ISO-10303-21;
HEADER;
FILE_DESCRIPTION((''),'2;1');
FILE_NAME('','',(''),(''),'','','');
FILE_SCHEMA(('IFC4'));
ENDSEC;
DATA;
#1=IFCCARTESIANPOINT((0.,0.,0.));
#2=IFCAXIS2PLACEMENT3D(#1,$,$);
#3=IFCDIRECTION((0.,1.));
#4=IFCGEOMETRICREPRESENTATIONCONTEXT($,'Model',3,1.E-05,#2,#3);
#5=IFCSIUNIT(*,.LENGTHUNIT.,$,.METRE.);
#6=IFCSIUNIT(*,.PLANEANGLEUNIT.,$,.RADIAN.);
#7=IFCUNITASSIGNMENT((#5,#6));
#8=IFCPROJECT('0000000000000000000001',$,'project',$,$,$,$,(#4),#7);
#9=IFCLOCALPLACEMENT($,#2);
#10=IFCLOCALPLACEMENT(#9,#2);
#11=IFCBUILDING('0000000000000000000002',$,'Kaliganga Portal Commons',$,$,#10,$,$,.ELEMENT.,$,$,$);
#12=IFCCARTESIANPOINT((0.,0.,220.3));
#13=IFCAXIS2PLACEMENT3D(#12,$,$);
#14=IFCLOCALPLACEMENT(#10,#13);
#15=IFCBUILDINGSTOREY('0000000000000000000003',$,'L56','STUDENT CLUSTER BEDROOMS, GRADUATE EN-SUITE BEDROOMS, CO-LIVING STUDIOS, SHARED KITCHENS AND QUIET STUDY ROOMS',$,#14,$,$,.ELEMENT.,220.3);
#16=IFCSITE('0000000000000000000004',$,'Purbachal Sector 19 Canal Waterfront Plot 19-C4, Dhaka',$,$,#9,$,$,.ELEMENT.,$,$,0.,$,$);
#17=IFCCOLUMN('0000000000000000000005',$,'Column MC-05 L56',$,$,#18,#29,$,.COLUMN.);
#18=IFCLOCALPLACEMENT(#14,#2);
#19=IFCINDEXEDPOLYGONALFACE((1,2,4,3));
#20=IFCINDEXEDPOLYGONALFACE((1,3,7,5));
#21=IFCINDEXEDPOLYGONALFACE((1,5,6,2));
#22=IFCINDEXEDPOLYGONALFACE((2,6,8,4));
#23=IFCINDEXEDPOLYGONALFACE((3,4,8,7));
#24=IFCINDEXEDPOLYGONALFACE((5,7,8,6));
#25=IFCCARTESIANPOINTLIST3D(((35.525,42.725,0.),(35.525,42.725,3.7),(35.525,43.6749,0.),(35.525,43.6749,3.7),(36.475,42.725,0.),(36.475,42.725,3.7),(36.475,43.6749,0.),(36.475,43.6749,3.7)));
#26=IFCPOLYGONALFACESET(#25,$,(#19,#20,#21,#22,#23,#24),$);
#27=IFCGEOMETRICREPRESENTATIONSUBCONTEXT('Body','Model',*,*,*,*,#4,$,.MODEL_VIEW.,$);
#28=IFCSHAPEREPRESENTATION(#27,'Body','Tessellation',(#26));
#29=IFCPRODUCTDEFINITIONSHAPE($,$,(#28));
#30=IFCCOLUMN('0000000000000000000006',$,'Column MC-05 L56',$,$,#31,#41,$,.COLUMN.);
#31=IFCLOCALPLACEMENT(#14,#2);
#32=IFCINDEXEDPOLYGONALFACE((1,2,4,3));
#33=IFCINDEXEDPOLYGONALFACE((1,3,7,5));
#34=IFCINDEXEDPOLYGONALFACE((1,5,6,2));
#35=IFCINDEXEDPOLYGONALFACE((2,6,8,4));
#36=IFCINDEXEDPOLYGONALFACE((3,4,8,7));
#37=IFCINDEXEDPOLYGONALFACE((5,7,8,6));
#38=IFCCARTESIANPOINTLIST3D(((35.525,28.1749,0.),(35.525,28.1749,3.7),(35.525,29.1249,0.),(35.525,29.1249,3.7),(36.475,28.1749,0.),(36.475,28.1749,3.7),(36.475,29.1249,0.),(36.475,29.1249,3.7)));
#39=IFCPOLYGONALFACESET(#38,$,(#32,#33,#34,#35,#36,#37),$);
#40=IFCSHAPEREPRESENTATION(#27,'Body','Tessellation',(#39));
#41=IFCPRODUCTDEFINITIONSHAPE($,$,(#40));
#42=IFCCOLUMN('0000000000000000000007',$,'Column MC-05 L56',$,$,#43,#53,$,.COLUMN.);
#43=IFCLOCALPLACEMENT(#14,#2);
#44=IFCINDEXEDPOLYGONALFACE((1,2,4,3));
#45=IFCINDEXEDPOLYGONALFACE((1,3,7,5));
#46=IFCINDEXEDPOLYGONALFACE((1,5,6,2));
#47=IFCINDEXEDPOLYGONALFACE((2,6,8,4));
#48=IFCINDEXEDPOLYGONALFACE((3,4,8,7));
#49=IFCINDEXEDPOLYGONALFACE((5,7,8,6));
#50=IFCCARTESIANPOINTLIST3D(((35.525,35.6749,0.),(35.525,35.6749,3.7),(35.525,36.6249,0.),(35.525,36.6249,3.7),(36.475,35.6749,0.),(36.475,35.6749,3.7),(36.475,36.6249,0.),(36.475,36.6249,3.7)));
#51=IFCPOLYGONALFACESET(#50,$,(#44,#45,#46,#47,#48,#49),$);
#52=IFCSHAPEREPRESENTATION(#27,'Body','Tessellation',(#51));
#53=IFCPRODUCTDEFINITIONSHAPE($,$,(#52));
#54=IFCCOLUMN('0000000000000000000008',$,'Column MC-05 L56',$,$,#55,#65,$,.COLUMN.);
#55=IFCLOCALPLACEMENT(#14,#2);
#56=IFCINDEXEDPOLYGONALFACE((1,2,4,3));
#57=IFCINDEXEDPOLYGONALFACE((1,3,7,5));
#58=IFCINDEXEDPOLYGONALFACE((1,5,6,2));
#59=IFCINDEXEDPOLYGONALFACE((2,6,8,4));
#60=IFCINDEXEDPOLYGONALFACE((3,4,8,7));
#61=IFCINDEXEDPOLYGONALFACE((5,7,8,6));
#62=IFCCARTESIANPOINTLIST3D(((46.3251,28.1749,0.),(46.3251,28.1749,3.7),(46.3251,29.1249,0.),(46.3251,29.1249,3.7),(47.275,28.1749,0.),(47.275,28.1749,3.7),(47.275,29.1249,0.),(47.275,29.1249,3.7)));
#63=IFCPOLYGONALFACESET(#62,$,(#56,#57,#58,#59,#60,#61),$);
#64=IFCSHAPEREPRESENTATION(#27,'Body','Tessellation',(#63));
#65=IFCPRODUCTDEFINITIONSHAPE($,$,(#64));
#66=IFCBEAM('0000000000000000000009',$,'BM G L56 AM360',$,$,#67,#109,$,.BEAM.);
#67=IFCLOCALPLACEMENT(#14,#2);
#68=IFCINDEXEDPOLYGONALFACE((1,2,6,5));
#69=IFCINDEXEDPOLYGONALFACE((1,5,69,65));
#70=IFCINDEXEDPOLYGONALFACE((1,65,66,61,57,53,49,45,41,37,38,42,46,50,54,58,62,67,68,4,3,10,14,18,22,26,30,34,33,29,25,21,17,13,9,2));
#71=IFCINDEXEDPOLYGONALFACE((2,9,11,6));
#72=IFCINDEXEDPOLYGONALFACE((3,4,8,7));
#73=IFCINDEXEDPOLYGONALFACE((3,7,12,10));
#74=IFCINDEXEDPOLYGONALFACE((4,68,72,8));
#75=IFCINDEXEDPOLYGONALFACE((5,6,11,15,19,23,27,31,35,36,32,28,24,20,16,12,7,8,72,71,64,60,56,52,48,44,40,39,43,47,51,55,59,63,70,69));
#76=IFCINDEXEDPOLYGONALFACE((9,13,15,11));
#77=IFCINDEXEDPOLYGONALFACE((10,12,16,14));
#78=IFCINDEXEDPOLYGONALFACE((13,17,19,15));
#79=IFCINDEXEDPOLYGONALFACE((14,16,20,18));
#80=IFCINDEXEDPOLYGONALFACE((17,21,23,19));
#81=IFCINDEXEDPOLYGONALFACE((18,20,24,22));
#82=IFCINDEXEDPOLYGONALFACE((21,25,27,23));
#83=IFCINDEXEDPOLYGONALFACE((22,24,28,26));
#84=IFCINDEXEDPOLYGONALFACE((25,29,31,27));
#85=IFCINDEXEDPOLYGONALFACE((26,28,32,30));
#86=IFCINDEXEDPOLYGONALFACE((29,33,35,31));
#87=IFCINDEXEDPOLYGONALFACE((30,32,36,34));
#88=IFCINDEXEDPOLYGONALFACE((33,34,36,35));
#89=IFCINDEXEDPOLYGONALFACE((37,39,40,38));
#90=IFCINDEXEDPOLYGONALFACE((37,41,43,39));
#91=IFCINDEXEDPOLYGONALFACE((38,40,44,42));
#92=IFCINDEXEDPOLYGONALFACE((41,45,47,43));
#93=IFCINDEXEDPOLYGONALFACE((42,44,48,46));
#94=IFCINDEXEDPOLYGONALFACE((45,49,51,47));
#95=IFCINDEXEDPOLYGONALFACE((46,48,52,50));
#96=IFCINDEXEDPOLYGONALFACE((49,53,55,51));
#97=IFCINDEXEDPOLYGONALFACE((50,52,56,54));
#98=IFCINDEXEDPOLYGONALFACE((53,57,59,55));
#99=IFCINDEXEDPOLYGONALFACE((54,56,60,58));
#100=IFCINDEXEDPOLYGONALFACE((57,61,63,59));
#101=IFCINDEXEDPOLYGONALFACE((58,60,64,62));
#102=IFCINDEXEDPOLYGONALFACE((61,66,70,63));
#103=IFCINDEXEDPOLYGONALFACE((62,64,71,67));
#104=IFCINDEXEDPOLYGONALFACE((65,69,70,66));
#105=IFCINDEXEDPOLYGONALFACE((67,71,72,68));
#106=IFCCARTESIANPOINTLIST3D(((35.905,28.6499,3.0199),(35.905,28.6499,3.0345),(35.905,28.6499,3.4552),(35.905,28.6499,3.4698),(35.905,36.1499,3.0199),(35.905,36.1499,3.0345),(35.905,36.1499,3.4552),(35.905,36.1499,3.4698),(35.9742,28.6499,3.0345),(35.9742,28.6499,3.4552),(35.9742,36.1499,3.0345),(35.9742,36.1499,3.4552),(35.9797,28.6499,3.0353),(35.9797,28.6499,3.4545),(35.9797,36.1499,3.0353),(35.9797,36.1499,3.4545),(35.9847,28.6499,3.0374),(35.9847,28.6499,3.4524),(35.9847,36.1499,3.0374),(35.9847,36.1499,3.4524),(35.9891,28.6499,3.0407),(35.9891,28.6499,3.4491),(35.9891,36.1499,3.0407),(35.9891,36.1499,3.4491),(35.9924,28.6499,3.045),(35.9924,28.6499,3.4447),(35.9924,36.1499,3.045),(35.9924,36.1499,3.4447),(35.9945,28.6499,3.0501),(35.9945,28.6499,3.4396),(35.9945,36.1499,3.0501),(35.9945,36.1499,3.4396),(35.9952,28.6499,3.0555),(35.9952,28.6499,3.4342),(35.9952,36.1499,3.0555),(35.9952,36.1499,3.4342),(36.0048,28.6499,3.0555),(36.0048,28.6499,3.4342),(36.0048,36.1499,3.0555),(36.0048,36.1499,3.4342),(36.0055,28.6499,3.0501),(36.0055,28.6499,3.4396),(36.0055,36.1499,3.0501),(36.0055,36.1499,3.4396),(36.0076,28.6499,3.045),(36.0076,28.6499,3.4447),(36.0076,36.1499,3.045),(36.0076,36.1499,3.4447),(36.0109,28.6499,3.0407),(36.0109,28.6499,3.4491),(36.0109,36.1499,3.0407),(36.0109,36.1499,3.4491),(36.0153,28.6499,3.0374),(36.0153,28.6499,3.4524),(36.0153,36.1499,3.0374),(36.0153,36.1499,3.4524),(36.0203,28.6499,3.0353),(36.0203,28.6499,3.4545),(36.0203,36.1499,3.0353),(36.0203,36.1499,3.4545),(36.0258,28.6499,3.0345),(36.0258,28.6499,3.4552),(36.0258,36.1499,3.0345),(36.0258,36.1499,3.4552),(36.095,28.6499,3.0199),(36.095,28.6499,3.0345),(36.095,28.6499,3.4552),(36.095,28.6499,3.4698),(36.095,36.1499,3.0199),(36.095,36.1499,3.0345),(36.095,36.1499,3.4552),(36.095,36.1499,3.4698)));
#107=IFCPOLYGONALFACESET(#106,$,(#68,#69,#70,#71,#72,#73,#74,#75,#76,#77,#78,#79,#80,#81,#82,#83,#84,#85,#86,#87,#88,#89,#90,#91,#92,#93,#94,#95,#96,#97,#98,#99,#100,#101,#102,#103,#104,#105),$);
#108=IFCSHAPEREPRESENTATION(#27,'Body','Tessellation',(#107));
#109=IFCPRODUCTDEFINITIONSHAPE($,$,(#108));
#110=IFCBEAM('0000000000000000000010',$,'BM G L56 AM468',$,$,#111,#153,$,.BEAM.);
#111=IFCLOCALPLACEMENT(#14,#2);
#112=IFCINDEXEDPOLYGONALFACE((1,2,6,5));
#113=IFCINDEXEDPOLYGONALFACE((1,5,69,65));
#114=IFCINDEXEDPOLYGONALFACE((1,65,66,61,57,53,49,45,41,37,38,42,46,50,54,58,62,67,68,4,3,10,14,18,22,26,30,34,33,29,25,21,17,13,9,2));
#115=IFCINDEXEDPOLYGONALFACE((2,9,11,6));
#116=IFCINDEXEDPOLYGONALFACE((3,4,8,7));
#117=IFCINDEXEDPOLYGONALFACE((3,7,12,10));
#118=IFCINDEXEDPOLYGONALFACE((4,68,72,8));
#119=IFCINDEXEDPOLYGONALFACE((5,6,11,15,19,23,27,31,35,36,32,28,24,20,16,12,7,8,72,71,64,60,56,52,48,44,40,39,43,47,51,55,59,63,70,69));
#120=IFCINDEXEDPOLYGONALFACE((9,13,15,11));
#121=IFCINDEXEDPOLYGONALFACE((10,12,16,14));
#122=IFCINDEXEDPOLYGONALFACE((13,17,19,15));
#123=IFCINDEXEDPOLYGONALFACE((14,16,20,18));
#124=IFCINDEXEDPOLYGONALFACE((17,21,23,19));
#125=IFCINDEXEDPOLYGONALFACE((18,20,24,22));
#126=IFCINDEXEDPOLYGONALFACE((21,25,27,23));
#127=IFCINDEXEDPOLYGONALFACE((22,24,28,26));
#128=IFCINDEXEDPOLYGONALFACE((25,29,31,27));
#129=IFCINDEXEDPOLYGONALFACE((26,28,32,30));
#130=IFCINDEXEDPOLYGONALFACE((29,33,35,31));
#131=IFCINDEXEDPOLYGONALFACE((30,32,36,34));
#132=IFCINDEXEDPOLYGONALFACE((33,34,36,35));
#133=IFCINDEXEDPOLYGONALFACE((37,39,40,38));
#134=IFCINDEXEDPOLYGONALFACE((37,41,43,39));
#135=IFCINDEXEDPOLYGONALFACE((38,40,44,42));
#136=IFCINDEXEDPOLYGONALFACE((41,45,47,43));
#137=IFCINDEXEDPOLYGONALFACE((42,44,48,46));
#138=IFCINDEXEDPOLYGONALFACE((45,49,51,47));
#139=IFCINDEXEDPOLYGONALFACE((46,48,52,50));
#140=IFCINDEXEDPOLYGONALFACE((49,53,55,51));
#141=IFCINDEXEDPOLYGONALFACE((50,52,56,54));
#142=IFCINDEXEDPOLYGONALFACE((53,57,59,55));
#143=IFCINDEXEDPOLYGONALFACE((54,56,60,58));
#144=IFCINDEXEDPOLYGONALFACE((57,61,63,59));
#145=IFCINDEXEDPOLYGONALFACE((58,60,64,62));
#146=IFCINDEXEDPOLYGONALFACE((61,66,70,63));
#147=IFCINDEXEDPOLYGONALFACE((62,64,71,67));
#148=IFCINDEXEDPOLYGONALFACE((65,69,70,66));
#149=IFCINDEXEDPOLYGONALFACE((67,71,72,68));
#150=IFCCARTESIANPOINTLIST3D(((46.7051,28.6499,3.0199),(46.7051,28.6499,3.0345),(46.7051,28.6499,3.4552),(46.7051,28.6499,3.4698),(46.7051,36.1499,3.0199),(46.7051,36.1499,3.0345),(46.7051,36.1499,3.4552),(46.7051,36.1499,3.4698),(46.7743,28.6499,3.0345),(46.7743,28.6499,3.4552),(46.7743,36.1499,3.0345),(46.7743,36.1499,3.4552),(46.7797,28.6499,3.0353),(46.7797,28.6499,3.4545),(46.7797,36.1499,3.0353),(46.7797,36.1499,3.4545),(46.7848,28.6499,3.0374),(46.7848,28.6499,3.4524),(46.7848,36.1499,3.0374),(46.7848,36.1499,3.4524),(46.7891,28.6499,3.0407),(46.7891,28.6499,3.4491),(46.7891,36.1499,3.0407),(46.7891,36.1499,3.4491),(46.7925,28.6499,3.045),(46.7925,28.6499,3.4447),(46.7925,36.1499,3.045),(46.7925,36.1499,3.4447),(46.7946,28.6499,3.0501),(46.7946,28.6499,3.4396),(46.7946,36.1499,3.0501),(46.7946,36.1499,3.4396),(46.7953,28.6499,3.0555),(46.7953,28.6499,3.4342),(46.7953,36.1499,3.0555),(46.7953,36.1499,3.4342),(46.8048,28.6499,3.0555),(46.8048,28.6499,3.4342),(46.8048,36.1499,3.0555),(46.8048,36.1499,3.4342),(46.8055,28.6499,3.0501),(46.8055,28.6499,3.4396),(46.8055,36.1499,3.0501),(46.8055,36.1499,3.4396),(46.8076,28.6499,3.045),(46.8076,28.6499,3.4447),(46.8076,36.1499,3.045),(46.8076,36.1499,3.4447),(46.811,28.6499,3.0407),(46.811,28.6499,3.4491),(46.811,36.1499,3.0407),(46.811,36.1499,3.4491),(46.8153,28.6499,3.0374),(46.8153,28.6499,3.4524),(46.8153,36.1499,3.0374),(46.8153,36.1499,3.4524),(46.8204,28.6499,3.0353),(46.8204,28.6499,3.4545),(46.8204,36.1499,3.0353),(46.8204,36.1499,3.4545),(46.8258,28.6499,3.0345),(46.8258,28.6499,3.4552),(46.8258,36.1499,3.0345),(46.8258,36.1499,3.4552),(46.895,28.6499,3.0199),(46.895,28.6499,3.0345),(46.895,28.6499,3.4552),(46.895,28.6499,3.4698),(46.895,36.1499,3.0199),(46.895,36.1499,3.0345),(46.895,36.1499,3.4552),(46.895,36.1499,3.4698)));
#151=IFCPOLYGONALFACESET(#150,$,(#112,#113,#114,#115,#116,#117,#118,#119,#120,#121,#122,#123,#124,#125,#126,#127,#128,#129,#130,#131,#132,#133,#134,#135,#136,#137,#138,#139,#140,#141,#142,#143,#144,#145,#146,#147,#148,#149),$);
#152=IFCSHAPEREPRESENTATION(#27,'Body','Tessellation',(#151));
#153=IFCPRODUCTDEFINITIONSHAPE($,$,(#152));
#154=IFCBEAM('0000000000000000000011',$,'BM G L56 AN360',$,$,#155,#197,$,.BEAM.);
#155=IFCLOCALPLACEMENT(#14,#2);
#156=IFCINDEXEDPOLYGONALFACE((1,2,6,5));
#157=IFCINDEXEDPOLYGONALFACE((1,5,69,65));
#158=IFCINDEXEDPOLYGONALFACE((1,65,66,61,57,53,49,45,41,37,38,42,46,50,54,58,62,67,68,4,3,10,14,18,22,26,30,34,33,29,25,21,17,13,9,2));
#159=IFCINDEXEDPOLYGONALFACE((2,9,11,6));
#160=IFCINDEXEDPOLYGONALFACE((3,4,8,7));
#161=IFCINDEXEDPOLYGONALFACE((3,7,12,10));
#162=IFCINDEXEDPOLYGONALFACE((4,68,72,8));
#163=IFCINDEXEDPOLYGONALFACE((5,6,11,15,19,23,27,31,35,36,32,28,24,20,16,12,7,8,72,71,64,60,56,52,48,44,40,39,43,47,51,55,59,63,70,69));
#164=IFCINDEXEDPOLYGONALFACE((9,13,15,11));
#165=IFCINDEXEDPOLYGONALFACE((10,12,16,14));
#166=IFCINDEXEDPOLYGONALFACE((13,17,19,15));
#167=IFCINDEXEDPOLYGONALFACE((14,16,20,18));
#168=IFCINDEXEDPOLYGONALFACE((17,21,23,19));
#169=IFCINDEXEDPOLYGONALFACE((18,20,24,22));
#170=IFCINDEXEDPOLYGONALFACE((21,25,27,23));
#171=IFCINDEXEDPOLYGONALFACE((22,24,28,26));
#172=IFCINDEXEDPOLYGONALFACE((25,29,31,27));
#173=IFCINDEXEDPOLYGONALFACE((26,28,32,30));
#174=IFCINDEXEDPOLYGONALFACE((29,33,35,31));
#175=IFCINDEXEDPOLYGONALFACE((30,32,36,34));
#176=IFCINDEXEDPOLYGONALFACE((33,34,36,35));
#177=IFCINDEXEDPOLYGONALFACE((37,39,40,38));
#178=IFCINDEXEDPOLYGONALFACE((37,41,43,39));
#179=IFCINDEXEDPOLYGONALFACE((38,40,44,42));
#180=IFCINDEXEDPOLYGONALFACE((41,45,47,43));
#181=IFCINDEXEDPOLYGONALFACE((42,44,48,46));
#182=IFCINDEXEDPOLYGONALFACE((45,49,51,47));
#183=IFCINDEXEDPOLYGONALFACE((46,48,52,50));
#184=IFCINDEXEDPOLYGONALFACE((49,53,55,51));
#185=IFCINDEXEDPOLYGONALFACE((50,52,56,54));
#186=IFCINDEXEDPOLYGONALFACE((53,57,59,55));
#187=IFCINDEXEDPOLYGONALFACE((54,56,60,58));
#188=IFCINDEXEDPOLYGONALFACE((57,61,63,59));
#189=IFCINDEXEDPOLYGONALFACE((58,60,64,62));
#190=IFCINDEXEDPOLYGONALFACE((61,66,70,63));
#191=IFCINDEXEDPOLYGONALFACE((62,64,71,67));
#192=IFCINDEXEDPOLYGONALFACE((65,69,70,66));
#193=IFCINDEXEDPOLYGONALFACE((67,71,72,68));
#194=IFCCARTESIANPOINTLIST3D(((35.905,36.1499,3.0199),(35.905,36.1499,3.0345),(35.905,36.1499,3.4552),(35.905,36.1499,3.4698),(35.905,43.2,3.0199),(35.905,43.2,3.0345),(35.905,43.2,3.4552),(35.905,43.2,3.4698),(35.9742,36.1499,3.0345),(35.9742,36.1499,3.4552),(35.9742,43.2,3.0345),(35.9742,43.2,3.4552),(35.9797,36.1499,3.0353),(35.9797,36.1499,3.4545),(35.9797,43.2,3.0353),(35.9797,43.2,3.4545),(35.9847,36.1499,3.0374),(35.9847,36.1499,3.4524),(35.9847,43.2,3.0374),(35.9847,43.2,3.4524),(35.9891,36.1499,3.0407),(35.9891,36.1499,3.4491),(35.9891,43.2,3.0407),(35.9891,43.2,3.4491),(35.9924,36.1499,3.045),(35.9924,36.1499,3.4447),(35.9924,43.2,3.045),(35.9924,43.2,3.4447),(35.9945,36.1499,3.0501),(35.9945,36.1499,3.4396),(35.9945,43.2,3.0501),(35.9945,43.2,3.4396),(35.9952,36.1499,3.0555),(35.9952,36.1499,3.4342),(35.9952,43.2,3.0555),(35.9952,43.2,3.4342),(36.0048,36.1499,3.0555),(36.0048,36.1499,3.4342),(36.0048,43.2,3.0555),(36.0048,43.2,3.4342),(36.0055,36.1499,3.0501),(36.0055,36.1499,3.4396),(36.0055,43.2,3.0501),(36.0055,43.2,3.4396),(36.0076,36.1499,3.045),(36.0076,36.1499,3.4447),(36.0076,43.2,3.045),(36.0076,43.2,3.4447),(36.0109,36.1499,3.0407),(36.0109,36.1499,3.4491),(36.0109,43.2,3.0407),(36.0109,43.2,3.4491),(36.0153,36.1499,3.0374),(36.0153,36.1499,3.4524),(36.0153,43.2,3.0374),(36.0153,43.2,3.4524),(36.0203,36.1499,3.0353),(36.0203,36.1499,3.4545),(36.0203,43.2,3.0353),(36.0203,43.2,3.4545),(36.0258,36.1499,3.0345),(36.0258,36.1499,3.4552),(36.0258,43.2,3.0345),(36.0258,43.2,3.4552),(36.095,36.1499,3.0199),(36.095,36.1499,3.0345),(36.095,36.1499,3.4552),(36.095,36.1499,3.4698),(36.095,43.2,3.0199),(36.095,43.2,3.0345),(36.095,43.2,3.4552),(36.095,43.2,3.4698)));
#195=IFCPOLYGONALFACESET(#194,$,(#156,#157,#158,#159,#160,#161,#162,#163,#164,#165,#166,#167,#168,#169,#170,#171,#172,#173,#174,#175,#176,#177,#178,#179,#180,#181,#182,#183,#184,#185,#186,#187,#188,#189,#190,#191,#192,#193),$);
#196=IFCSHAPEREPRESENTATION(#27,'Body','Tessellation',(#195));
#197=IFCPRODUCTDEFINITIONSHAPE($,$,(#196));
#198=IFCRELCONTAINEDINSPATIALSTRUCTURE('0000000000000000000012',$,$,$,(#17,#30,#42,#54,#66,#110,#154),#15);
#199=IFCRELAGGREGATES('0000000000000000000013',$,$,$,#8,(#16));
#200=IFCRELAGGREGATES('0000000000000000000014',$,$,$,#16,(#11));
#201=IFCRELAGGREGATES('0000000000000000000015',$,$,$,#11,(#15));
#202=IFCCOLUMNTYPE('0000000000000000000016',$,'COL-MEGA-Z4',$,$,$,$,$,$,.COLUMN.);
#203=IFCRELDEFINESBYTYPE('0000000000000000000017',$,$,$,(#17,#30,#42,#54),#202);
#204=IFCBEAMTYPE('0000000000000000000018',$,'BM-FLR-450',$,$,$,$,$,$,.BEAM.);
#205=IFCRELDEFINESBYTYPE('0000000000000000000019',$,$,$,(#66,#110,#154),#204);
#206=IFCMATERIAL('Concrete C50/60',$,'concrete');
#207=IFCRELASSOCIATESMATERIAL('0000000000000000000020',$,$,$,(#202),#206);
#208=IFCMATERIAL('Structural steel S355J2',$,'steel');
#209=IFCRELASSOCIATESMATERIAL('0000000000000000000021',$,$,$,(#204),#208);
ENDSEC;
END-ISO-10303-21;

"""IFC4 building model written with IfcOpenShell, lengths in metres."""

from ifc_helpers import new_model, si_unit, direction, frame, origin, origin_2d, place, context, subcontext, project, spatial, rectangle, i_section, extrude, source, transform, mapped, material, material_profile, profile_set, type_object, element, save


model = new_model("IFC4")

# Units and contexts
model_context = context("Model", 3, precision=1e-05, world=origin(), true_north=direction((0.0, 1.0)))
body_context = subcontext(model_context, "Body", "Model", "MODEL_VIEW")
ifc_project = project(units=[si_unit("LENGTHUNIT", "METRE"), si_unit("PLANEANGLEUNIT", "RADIAN")], contexts=[model_context])

# Site, building, storey
site_placement = place(None, origin())
site = spatial("IfcSite", under=ifc_project, at=site_placement, Name="Purbachal Sector 19 Canal Waterfront Plot 19-C4, Dhaka", CompositionType="ELEMENT", RefElevation=0.0)
building_placement = place(site_placement, origin())
building = spatial("IfcBuilding", under=site, at=building_placement, Name="Kaliganga Portal Commons", CompositionType="ELEMENT")
storey_placement = place(building_placement, frame((0.0, 0.0, 220.3)))
storey = spatial("IfcBuildingStorey", under=building, at=storey_placement, Name="L56", Description="STUDENT CLUSTER BEDROOMS, GRADUATE EN-SUITE BEDROOMS, CO-LIVING STUDIOS, SHARED KITCHENS AND QUIET STUDY ROOMS", CompositionType="ELEMENT", Elevation=220.3)

# Columns
ifc_material_1 = material(Name="Concrete C50/60", Category="concrete")
ifc_material_profile_1 = material_profile(ifc_material_1, rectangle(XDim=0.95, YDim=0.95, at=origin_2d()), Name="RC 950x950")
ifc_profile_set_1 = profile_set([ifc_material_profile_1], Name="Concrete C50/60")
column_type = type_object("IfcColumnType", Name="COL-MEGA-Z4", PredefinedType="COLUMN", material=ifc_profile_set_1)
shared_shape_1 = source(origin(), body_context, "Body", "SweptSolid", [
    extrude(rectangle(XDim=0.95, YDim=0.95, at=origin_2d()), origin(), (0.0, 0.0, 1.0), 3.7),
])
for number, where, z_axis, x_axis, name in (
    (1, (36.0, 43.2, 0.0), (0.0, 0.0, 1.0), (1.0, 0.0, 0.0), "Column MC-05 L56"),
    (2, (36.0, 28.6499, 0.0), (0.0, 0.0, 1.0), (1.0, 0.0, 0.0), "Column MC-05 L56"),
    (3, (36.0, 36.1499, 0.0), (0.0, 0.0, 1.0), (1.0, 0.0, 0.0), "Column MC-05 L56"),
    (4, (46.8, 28.6499, 0.0), (0.0, 0.0, 1.0), (1.0, 0.0, 0.0), "Column MC-05 L56"),
):
    element("IfcColumn", number, at=place(storey_placement, frame(where, z_axis=z_axis, x_axis=x_axis)), inside=storey, type_object=column_type, Name=name, PredefinedType="COLUMN", context=body_context, shape_type="MappedRepresentation", body=[
        mapped(shared_shape_1, transform((0.0, 0.0, 0.0), x_axis=(1.0, 0.0, 0.0), y_axis=(0.0, 1.0, 0.0), z_axis=(0.0, 0.0, 1.0), scale=1.0)),
    ])

# Beams
ifc_material_2 = material(Name="Structural steel S355J2", Category="steel")
ifc_material_profile_2 = material_profile(ifc_material_2, i_section(OverallWidth=0.1899, OverallDepth=0.45, WebThickness=0.0095, FlangeThickness=0.0146, FilletRadius=0.021, at=origin_2d()), Name="IPE 450")
ifc_profile_set_2 = profile_set([ifc_material_profile_2], Name="Structural steel S355J2 wide-flange")
beam_type_1 = type_object("IfcBeamType", Name="BM-FLR-450", PredefinedType="BEAM", material=ifc_profile_set_2)
shared_shape_2 = source(origin(), body_context, "Body", "SweptSolid", [
    extrude(i_section(OverallWidth=0.1899, OverallDepth=0.45, WebThickness=0.0095, FlangeThickness=0.0146, FilletRadius=0.021, at=origin_2d()), origin(), (0.0, 0.0, 1.0), 7.5),
])
for number, where, z_axis, x_axis, name in (
    (5, (36.0, 28.6499, 3.2449), (0.0, 1.0, 0.0), (-1.0, 0.0, 0.0), "BM G L56 AM360"),
    (6, (46.8, 28.6499, 3.2449), (0.0, 1.0, 0.0), (-1.0, 0.0, 0.0), "BM G L56 AM468"),
):
    element("IfcBeam", number, at=place(storey_placement, frame(where, z_axis=z_axis, x_axis=x_axis)), inside=storey, type_object=beam_type_1, Name=name, PredefinedType="BEAM", context=body_context, shape_type="MappedRepresentation", body=[
        mapped(shared_shape_2, transform((0.0, 0.0, 0.0), x_axis=(1.0, 0.0, 0.0), y_axis=(0.0, 1.0, 0.0), z_axis=(0.0, 0.0, 1.0), scale=1.0)),
    ])
shared_shape_3 = source(origin(), body_context, "Body", "SweptSolid", [
    extrude(i_section(OverallWidth=0.1899, OverallDepth=0.45, WebThickness=0.0095, FlangeThickness=0.0146, FilletRadius=0.021, at=origin_2d()), origin(), (0.0, 0.0, 1.0), 7.05),
])
beam_1_placement = place(storey_placement, frame((36.0, 36.1499, 3.2449), z_axis=(0.0, 1.0, 0.0), x_axis=(-1.0, 0.0, 0.0)))
element("IfcBeam", 7, at=beam_1_placement, inside=storey, type_object=beam_type_1, Name="BM G L56 AN360", PredefinedType="BEAM", context=body_context, shape_type="MappedRepresentation", body=[
    mapped(shared_shape_3, transform((0.0, 0.0, 0.0), x_axis=(1.0, 0.0, 0.0), y_axis=(0.0, 1.0, 0.0), z_axis=(0.0, 0.0, 1.0), scale=1.0)),
])

save(model, "model.ifc")
